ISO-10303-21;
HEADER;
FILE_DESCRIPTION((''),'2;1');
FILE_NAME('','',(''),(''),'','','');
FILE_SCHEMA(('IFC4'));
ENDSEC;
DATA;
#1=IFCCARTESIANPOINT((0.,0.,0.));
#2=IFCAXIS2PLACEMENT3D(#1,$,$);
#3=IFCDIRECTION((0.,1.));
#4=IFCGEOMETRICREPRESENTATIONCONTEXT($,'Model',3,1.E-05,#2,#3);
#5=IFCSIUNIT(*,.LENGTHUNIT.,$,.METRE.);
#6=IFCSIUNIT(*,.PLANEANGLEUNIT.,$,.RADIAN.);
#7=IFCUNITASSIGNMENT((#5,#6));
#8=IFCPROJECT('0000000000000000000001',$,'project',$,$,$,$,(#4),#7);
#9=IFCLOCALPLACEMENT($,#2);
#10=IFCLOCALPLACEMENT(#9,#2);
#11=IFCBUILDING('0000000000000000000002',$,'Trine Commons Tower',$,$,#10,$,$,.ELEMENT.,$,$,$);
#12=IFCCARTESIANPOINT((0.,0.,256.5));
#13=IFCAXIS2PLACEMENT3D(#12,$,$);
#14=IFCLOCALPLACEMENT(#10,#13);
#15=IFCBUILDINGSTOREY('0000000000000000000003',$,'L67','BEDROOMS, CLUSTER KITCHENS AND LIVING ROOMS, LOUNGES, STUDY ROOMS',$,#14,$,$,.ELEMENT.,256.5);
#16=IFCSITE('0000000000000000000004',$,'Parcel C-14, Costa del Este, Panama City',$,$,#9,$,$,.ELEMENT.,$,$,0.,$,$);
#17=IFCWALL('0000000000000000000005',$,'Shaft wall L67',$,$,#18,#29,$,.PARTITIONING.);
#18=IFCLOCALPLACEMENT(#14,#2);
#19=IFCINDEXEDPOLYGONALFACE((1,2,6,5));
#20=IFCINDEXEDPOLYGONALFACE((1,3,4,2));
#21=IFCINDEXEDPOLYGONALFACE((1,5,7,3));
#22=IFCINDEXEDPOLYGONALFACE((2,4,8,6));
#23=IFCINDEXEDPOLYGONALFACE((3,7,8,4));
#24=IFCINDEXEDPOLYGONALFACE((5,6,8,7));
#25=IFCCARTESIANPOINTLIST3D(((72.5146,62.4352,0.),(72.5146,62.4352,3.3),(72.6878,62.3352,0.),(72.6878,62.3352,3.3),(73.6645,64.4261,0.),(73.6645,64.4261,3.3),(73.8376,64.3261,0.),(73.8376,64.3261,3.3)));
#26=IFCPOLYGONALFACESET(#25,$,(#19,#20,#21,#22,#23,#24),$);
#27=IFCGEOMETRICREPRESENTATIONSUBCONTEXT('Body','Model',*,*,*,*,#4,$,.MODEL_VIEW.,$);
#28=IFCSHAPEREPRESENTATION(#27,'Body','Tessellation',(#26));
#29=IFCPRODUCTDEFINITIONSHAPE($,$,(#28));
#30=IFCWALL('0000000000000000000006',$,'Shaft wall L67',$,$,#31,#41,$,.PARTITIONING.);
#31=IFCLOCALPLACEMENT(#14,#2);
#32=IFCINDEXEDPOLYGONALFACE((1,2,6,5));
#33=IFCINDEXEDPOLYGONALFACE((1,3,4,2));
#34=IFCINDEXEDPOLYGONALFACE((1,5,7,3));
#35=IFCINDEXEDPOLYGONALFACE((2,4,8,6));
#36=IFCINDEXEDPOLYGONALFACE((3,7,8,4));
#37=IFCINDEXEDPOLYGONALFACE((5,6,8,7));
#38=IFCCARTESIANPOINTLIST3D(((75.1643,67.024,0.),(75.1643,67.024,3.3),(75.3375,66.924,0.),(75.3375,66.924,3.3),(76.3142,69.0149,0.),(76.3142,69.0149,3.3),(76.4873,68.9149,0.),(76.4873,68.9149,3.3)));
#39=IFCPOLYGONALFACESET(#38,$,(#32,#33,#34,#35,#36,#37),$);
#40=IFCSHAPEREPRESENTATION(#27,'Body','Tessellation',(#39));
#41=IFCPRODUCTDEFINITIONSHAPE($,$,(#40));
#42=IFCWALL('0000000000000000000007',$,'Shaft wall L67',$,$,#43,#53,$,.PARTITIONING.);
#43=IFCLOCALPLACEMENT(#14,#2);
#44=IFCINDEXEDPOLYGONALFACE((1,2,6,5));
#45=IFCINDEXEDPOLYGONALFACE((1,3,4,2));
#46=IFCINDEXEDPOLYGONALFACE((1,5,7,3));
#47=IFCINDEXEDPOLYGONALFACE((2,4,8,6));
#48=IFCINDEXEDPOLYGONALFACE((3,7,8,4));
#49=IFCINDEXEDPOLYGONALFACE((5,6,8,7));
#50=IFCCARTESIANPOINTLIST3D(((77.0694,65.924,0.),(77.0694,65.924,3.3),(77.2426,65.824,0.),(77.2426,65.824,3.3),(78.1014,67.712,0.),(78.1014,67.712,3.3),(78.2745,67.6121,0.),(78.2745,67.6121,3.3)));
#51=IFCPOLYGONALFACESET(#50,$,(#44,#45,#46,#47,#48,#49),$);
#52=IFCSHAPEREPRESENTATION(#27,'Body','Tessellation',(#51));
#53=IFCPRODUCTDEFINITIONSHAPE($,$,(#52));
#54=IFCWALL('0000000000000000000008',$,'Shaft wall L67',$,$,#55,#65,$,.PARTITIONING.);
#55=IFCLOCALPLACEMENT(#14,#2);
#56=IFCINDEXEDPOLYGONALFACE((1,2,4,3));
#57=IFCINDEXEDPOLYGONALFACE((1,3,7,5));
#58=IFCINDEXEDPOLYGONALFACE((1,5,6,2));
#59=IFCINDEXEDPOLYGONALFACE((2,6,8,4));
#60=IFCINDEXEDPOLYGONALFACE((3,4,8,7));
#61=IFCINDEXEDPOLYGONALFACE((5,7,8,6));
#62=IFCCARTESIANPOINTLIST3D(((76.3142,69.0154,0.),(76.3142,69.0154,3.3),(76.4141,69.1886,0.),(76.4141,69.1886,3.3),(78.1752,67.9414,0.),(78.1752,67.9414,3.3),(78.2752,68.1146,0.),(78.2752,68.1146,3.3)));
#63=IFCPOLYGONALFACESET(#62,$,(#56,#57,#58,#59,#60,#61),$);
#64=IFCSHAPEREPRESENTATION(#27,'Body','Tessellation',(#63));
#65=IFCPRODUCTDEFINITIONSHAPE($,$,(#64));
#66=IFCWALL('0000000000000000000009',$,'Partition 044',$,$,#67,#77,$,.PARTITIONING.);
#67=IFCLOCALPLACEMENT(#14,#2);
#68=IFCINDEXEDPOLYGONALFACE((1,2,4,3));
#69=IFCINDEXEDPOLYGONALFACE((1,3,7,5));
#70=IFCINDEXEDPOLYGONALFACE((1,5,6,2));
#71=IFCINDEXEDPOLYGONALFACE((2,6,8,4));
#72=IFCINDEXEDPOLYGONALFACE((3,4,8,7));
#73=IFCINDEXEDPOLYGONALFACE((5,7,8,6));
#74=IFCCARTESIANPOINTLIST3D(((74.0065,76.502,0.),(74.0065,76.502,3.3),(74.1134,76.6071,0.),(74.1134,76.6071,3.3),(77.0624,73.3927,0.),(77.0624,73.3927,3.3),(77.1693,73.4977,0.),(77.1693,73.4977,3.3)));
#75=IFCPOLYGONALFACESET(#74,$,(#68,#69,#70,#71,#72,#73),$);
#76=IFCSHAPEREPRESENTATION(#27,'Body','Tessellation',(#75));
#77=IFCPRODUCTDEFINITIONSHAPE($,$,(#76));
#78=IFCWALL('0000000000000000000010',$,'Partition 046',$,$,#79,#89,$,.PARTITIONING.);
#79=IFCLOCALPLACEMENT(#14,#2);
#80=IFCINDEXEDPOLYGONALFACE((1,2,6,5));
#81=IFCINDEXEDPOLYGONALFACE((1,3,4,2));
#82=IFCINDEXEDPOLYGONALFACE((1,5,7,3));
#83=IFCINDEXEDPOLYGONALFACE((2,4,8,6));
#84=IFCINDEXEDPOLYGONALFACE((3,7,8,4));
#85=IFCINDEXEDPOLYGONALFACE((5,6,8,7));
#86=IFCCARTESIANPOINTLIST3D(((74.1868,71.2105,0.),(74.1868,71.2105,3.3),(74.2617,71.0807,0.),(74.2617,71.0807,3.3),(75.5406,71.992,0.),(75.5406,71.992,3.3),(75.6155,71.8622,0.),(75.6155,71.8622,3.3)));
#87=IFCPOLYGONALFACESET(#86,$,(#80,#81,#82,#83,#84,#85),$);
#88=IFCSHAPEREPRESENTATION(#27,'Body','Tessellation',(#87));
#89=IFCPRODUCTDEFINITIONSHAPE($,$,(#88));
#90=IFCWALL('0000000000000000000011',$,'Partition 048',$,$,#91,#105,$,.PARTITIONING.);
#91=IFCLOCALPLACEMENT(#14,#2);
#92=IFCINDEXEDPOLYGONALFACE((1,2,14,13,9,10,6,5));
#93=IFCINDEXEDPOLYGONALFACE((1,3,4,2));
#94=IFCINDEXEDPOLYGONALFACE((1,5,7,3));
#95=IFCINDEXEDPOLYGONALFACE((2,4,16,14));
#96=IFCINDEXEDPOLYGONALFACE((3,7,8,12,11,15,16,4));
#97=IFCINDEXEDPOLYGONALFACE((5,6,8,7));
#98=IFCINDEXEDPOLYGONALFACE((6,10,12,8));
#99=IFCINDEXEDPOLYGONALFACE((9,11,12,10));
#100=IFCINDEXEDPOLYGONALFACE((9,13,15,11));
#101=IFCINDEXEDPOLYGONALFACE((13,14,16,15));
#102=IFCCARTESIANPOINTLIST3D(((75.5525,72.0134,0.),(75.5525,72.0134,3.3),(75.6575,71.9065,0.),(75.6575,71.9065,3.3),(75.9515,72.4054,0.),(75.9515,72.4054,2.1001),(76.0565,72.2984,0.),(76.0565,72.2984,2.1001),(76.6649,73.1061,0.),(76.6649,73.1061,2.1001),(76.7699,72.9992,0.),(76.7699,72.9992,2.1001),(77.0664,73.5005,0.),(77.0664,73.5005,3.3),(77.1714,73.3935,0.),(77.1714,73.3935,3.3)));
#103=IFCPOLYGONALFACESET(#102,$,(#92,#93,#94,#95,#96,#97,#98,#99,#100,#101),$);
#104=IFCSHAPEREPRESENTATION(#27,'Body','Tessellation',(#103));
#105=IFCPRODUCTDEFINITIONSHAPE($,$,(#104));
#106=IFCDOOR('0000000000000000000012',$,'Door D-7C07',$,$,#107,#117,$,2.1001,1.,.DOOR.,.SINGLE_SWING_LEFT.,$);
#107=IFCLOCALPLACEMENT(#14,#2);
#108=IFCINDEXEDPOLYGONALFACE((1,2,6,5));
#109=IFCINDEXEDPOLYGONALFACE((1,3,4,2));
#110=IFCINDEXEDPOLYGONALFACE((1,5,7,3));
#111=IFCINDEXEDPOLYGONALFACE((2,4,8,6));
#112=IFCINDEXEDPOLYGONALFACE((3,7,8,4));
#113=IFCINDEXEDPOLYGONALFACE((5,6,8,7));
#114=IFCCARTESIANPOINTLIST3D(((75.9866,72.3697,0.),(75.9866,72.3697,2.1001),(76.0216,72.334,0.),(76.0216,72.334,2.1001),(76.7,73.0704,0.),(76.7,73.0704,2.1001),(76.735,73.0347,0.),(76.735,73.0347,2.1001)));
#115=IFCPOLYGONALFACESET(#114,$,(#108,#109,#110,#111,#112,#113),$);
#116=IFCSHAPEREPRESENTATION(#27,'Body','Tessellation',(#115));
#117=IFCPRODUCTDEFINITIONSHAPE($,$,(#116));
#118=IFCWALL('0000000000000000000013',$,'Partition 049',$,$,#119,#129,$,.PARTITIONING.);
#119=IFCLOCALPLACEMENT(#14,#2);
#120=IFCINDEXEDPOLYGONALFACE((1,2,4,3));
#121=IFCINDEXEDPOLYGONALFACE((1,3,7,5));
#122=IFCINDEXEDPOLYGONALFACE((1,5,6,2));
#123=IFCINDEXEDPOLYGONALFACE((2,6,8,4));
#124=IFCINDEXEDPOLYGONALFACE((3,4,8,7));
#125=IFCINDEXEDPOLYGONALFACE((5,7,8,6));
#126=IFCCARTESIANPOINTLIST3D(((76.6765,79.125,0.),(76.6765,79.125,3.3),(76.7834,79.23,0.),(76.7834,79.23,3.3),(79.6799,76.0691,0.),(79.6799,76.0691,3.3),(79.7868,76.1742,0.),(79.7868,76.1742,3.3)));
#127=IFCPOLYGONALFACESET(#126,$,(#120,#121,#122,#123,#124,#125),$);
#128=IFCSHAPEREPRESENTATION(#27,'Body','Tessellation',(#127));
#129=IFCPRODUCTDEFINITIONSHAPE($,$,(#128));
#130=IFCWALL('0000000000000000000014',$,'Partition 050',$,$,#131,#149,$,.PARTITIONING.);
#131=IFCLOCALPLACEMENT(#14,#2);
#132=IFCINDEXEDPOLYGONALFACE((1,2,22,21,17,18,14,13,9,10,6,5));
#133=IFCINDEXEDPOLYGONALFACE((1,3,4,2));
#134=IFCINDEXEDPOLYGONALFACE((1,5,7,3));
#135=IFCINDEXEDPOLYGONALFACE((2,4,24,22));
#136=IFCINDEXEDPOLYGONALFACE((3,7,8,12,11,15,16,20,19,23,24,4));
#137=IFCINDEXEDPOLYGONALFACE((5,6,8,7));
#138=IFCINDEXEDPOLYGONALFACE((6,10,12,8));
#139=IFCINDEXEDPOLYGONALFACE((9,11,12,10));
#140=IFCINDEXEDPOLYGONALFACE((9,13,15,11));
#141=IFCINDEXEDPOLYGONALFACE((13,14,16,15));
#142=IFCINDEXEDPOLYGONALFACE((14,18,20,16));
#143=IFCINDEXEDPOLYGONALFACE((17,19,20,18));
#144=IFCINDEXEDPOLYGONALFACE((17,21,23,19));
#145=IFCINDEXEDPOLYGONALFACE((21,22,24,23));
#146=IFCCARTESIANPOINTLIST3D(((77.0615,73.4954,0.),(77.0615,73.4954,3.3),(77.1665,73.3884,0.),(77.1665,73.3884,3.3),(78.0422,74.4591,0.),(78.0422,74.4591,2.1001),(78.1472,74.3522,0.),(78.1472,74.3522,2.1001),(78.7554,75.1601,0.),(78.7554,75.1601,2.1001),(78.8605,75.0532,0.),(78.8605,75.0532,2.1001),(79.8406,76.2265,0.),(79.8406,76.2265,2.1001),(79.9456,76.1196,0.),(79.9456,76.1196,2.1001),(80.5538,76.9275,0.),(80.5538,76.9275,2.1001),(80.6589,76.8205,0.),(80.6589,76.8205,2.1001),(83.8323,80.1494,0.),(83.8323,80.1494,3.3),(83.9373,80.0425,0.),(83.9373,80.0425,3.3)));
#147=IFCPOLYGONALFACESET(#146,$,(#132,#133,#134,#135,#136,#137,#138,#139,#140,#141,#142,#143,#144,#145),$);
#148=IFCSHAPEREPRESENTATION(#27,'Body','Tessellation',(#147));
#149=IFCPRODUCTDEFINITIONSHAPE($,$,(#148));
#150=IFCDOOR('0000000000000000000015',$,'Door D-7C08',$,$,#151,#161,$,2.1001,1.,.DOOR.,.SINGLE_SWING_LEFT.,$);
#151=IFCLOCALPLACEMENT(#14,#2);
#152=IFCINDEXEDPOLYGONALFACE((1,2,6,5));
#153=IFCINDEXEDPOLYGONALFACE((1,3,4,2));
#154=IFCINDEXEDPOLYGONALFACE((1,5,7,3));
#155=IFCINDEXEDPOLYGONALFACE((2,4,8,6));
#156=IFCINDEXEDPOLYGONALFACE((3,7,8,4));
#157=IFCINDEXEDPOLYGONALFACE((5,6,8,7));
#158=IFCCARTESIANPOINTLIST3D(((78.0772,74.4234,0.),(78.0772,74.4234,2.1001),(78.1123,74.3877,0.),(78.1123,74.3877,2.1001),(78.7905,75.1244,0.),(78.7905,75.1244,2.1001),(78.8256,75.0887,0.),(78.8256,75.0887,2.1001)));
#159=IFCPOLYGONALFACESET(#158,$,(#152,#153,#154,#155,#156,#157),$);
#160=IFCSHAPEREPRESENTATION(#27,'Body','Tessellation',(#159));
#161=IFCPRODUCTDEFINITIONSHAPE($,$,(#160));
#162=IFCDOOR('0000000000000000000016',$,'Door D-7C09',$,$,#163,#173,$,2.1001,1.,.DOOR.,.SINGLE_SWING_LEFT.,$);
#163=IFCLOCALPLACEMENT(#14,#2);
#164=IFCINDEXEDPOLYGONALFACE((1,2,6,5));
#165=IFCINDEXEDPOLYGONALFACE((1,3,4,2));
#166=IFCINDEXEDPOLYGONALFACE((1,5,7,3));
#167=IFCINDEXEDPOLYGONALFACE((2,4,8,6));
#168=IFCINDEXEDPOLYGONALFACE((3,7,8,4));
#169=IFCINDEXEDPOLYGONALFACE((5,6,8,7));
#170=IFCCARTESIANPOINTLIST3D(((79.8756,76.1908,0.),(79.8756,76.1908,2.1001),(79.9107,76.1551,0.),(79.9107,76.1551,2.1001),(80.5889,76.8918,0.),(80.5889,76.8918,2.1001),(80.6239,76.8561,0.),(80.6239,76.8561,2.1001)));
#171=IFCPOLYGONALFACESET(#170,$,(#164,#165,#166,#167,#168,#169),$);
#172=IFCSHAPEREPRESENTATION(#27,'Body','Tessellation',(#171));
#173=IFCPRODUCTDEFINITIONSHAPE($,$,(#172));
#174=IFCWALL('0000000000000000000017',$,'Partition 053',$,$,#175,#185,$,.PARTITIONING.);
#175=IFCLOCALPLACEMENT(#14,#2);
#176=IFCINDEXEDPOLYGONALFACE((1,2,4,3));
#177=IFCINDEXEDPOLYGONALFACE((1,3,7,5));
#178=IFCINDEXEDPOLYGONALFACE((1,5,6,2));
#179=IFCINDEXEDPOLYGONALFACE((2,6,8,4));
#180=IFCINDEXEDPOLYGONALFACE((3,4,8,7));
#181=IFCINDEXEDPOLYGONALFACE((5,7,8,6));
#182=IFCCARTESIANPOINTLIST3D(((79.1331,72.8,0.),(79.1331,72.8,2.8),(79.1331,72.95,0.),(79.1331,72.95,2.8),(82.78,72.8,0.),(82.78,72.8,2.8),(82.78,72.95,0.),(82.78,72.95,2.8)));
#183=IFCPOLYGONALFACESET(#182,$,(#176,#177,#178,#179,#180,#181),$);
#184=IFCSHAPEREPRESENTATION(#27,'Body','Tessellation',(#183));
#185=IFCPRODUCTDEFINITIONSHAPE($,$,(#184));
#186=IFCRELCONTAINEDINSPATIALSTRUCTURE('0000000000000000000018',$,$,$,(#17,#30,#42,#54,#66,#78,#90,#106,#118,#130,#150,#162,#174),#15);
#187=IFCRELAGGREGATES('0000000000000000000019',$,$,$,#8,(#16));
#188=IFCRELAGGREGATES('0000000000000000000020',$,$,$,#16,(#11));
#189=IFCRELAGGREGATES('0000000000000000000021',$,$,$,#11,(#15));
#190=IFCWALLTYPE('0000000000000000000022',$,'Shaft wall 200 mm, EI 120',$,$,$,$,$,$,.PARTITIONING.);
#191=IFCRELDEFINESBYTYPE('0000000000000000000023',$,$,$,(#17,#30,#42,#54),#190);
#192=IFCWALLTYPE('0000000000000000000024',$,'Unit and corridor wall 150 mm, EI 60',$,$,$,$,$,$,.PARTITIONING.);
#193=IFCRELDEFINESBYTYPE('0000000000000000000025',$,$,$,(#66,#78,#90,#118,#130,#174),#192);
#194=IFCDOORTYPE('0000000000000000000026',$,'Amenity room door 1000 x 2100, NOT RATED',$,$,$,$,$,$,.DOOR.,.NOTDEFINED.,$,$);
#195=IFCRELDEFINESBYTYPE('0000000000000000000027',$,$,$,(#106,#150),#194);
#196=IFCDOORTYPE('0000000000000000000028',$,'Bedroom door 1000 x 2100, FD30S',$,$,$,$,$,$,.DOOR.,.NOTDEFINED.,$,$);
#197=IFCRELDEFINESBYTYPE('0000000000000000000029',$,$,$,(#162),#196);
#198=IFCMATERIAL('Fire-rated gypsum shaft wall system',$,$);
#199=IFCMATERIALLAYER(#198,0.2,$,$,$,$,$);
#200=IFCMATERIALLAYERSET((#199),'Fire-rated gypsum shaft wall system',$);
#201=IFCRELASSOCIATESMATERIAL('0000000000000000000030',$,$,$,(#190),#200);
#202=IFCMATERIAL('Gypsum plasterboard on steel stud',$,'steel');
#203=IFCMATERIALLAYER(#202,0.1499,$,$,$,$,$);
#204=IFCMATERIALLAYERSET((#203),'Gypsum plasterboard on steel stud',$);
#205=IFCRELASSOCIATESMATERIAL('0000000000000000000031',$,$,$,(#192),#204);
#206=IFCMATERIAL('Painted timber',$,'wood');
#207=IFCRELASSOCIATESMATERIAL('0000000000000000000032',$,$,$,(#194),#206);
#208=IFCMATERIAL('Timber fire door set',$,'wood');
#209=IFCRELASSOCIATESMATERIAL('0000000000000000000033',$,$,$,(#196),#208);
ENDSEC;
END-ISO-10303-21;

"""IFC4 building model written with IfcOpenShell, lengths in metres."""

from ifc_helpers import new_model, si_unit, direction, frame, frame_2d, origin, place, context, subcontext, project, spatial, rectangle, extrude, material, layer, layer_set, type_object, element, fill, save


model = new_model("IFC4")

# Units and contexts
model_context = context("Model", 3, precision=1e-05, world=origin(), true_north=direction((0.0, 1.0)))
body_context = subcontext(model_context, "Body", "Model", "MODEL_VIEW")
ifc_project = project(units=[si_unit("LENGTHUNIT", "METRE"), si_unit("PLANEANGLEUNIT", "RADIAN")], contexts=[model_context])

# Site, building, storey
site_placement = place(None, origin())
site = spatial("IfcSite", under=ifc_project, at=site_placement, Name="Parcel C-14, Costa del Este, Panama City", CompositionType="ELEMENT", RefElevation=0.0)
building_placement = place(site_placement, origin())
building = spatial("IfcBuilding", under=site, at=building_placement, Name="Trine Commons Tower", CompositionType="ELEMENT")
storey_placement = place(building_placement, frame((0.0, 0.0, 256.5)))
storey = spatial("IfcBuildingStorey", under=building, at=storey_placement, Name="L67", Description="BEDROOMS, CLUSTER KITCHENS AND LIVING ROOMS, LOUNGES, STUDY ROOMS", CompositionType="ELEMENT", Elevation=256.5)

# Shared definitions
ifc_material_1 = material(Name="Fire-rated gypsum shaft wall system")

# Walls
ifc_layer_1 = layer(ifc_material_1, 0.2)
ifc_layer_set_1 = layer_set([ifc_layer_1], Name="Fire-rated gypsum shaft wall system")
wall_type_1 = type_object("IfcWallType", Name="Shaft wall 200 mm, EI 120", PredefinedType="PARTITIONING", material=ifc_layer_set_1)
for number, where, z_axis, x_axis, name in (
    (1, (73.751, 64.376, 0.0), (0.0, 0.0, 1.0), (-0.500136, -0.865947, 0.0), "Shaft wall L67"),
    (2, (75.251, 66.9741, 0.0), (0.0, 0.0, 1.0), (0.500136, 0.865947, 0.0), "Shaft wall L67"),
):
    element("IfcWall", number, at=place(storey_placement, frame(where, z_axis=z_axis, x_axis=x_axis)), inside=storey, type_object=wall_type_1, Name=name, PredefinedType="PARTITIONING", context=body_context, shape_type="SweptSolid", body=[
        extrude(rectangle(XDim=2.2991, YDim=0.2, at=frame_2d((1.1494, 0.0))), origin(), (0.0, 0.0, 1.0), 3.3),
    ])
wall_1_placement = place(storey_placement, frame((77.156, 65.874, 0.0), z_axis=(0.0, 0.0, 1.0), x_axis=(0.499866, 0.866103, 0.0)))
element("IfcWall", 3, at=wall_1_placement, inside=storey, type_object=wall_type_1, Name="Shaft wall L67", PredefinedType="PARTITIONING", context=body_context, shape_type="SweptSolid", body=[
    extrude(rectangle(XDim=2.0645, YDim=0.2, at=frame_2d((1.0322, 0.0))), origin(), (0.0, 0.0, 1.0), 3.3),
])
wall_2_placement = place(storey_placement, frame((78.2251, 68.0281, 0.0), z_axis=(0.0, 0.0, 1.0), x_axis=(-0.866131, 0.499818, 0.0)))
element("IfcWall", 4, at=wall_2_placement, inside=storey, type_object=wall_type_1, Name="Shaft wall L67", PredefinedType="PARTITIONING", context=body_context, shape_type="SweptSolid", body=[
    extrude(rectangle(XDim=2.1487, YDim=0.2, at=frame_2d((1.0742, 0.0))), origin(), (0.0, 0.0, 1.0), 3.3),
])
ifc_material_2 = material(Name="Gypsum plasterboard on steel stud", Category="steel")
ifc_layer_2 = layer(ifc_material_2, 0.1499)
ifc_layer_set_2 = layer_set([ifc_layer_2], Name="Gypsum plasterboard on steel stud")
wall_type_2 = type_object("IfcWallType", Name="Unit and corridor wall 150 mm, EI 60", PredefinedType="PARTITIONING", material=ifc_layer_set_2)
wall_3_placement = place(storey_placement, frame((74.0601, 76.5544, 0.0), z_axis=(0.0, 0.0, 1.0), x_axis=(0.700948, -0.713212, 0.0)))
element("IfcWall", 5, at=wall_3_placement, inside=storey, type_object=wall_type_2, Name="Partition 044", PredefinedType="PARTITIONING", context=body_context, shape_type="SweptSolid", body=[
    extrude(rectangle(XDim=4.3596, YDim=0.1499, at=frame_2d((2.1797, 0.0))), origin(), (0.0, 0.0, 1.0), 3.3),
])
wall_4_placement = place(storey_placement, frame((74.2241, 71.1455, 0.0), z_axis=(0.0, 0.0, 1.0), x_axis=(0.866053, 0.499952, 0.0)))
element("IfcWall", 6, at=wall_4_placement, inside=storey, type_object=wall_type_2, Name="Partition 046", PredefinedType="PARTITIONING", context=body_context, shape_type="SweptSolid", body=[
    extrude(rectangle(XDim=1.5632, YDim=0.1499, at=frame_2d((0.7817, 0.0))), origin(), (0.0, 0.0, 1.0), 3.3),
])

# Wall, opening, door
wall_5_placement = place(storey_placement, frame((75.605, 71.96, 0.0), z_axis=(0.0, 0.0, 1.0), x_axis=(0.713406, 0.700751, 0.0)))
wall_5 = element("IfcWall", 7, at=wall_5_placement, inside=storey, type_object=wall_type_2, Name="Partition 048", PredefinedType="PARTITIONING", context=body_context, shape_type="SweptSolid", body=[
    extrude(rectangle(XDim=2.1221, YDim=0.1499, at=frame_2d((1.061, 0.0))), origin(), (0.0, 0.0, 1.0), 3.3),
])
opening_1_placement = place(wall_5_placement, frame((0.5593, 0.0, 0.0)))
opening_1 = element("IfcOpeningElement", 8, at=opening_1_placement, cuts=wall_5, PredefinedType="OPENING", context=body_context, shape_type="SweptSolid", body=[
    extrude(rectangle(XDim=1.0, YDim=2.1001, at=frame_2d((0.5, 1.05))), frame((0.0, 0.085, 0.0), z_axis=(0.0, -1.0, 0.0), x_axis=(1.0, 0.0, 0.0)), (0.0, 0.0, 1.0), 0.1699),
])
ifc_material_3 = material(Name="Painted timber", Category="wood")
door_type_1 = type_object("IfcDoorType", Name="Amenity room door 1000 x 2100, NOT RATED", OperationType="NOTDEFINED", PredefinedType="DOOR", material=ifc_material_3)
door_1_placement = place(opening_1_placement, origin())
door_1 = element("IfcDoor", 9, at=door_1_placement, inside=storey, type_object=door_type_1, Name="Door D-7C07", OperationType="SINGLE_SWING_LEFT", OverallHeight=2.1001, OverallWidth=1.0, PredefinedType="DOOR", context=body_context, shape_type="SweptSolid", body=[
    extrude(rectangle(XDim=1.0, YDim=2.1001, at=frame_2d((0.5, 1.05))), frame((0.0, 0.0249, 0.0), z_axis=(0.0, -1.0, 0.0), x_axis=(1.0, 0.0, 0.0)), (0.0, 0.0, 1.0), 0.05),
])
fill(opening_1, door_1)

# Wall
wall_6_placement = place(storey_placement, frame((76.73, 79.1775, 0.0), z_axis=(0.0, 0.0, 1.0), x_axis=(0.700955, -0.713205, 0.0)))
element("IfcWall", 10, at=wall_6_placement, inside=storey, type_object=wall_type_2, Name="Partition 049", PredefinedType="PARTITIONING", context=body_context, shape_type="SweptSolid", body=[
    extrude(rectangle(XDim=4.2847, YDim=0.1499, at=frame_2d((2.1423, 0.0))), origin(), (0.0, 0.0, 1.0), 3.3),
])

# Wall, openings, doors
wall_7_placement = place(storey_placement, frame((77.114, 73.4419, 0.0), z_axis=(0.0, 0.0, 1.0), x_axis=(0.713227, 0.700934, 0.0)))
wall_7 = element("IfcWall", 11, at=wall_7_placement, inside=storey, type_object=wall_type_2, Name="Partition 050", PredefinedType="PARTITIONING", context=body_context, shape_type="SweptSolid", body=[
    extrude(rectangle(XDim=9.4932, YDim=0.1499, at=frame_2d((4.7466, 0.0))), origin(), (0.0, 0.0, 1.0), 3.3),
])
opening_2_placement = place(wall_7_placement, frame((1.375, 0.0, 0.0)))
opening_2 = element("IfcOpeningElement", 12, at=opening_2_placement, cuts=wall_7, PredefinedType="OPENING", context=body_context, shape_type="SweptSolid", body=[
    extrude(rectangle(XDim=1.0, YDim=2.1001, at=frame_2d((0.5, 1.05))), frame((0.0, 0.085, 0.0), z_axis=(0.0, -1.0, 0.0), x_axis=(1.0, 0.0, 0.0)), (0.0, 0.0, 1.0), 0.1699),
])
opening_3_placement = place(wall_7_placement, frame((3.8965, 0.0, 0.0)))
opening_3 = element("IfcOpeningElement", 13, at=opening_3_placement, cuts=wall_7, PredefinedType="OPENING", context=body_context, shape_type="SweptSolid", body=[
    extrude(rectangle(XDim=1.0, YDim=2.1001, at=frame_2d((0.5, 1.05))), frame((0.0, 0.085, 0.0), z_axis=(0.0, -1.0, 0.0), x_axis=(1.0, 0.0, 0.0)), (0.0, 0.0, 1.0), 0.1699),
])
door_2_placement = place(opening_2_placement, origin())
door_2 = element("IfcDoor", 14, at=door_2_placement, inside=storey, type_object=door_type_1, Name="Door D-7C08", OperationType="SINGLE_SWING_LEFT", OverallHeight=2.1001, OverallWidth=1.0, PredefinedType="DOOR", context=body_context, shape_type="SweptSolid", body=[
    extrude(rectangle(XDim=1.0, YDim=2.1001, at=frame_2d((0.5, 1.05))), frame((0.0, 0.0249, 0.0), z_axis=(0.0, -1.0, 0.0), x_axis=(1.0, 0.0, 0.0)), (0.0, 0.0, 1.0), 0.05),
])
fill(opening_2, door_2)
ifc_material_4 = material(Name="Timber fire door set", Category="wood")
door_type_2 = type_object("IfcDoorType", Name="Bedroom door 1000 x 2100, FD30S", OperationType="NOTDEFINED", PredefinedType="DOOR", material=ifc_material_4)
door_3_placement = place(opening_3_placement, origin())
door_3 = element("IfcDoor", 15, at=door_3_placement, inside=storey, type_object=door_type_2, Name="Door D-7C09", OperationType="SINGLE_SWING_LEFT", OverallHeight=2.1001, OverallWidth=1.0, PredefinedType="DOOR", context=body_context, shape_type="SweptSolid", body=[
    extrude(rectangle(XDim=1.0, YDim=2.1001, at=frame_2d((0.5, 1.05))), frame((0.0, 0.0249, 0.0), z_axis=(0.0, -1.0, 0.0), x_axis=(1.0, 0.0, 0.0)), (0.0, 0.0, 1.0), 0.05),
])
fill(opening_3, door_3)

# Wall
wall_8_placement = place(storey_placement, frame((79.1331, 72.875, 0.0), z_axis=(0.0, 0.0, 1.0), x_axis=(1.0, 0.0, 0.0)))
element("IfcWall", 16, at=wall_8_placement, inside=storey, type_object=wall_type_2, Name="Partition 053", PredefinedType="PARTITIONING", context=body_context, shape_type="SweptSolid", body=[
    extrude(rectangle(XDim=3.647, YDim=0.1499, at=frame_2d((1.8235, 0.0))), origin(), (0.0, 0.0, 1.0), 2.8),
])

save(model, "model.ifc")
